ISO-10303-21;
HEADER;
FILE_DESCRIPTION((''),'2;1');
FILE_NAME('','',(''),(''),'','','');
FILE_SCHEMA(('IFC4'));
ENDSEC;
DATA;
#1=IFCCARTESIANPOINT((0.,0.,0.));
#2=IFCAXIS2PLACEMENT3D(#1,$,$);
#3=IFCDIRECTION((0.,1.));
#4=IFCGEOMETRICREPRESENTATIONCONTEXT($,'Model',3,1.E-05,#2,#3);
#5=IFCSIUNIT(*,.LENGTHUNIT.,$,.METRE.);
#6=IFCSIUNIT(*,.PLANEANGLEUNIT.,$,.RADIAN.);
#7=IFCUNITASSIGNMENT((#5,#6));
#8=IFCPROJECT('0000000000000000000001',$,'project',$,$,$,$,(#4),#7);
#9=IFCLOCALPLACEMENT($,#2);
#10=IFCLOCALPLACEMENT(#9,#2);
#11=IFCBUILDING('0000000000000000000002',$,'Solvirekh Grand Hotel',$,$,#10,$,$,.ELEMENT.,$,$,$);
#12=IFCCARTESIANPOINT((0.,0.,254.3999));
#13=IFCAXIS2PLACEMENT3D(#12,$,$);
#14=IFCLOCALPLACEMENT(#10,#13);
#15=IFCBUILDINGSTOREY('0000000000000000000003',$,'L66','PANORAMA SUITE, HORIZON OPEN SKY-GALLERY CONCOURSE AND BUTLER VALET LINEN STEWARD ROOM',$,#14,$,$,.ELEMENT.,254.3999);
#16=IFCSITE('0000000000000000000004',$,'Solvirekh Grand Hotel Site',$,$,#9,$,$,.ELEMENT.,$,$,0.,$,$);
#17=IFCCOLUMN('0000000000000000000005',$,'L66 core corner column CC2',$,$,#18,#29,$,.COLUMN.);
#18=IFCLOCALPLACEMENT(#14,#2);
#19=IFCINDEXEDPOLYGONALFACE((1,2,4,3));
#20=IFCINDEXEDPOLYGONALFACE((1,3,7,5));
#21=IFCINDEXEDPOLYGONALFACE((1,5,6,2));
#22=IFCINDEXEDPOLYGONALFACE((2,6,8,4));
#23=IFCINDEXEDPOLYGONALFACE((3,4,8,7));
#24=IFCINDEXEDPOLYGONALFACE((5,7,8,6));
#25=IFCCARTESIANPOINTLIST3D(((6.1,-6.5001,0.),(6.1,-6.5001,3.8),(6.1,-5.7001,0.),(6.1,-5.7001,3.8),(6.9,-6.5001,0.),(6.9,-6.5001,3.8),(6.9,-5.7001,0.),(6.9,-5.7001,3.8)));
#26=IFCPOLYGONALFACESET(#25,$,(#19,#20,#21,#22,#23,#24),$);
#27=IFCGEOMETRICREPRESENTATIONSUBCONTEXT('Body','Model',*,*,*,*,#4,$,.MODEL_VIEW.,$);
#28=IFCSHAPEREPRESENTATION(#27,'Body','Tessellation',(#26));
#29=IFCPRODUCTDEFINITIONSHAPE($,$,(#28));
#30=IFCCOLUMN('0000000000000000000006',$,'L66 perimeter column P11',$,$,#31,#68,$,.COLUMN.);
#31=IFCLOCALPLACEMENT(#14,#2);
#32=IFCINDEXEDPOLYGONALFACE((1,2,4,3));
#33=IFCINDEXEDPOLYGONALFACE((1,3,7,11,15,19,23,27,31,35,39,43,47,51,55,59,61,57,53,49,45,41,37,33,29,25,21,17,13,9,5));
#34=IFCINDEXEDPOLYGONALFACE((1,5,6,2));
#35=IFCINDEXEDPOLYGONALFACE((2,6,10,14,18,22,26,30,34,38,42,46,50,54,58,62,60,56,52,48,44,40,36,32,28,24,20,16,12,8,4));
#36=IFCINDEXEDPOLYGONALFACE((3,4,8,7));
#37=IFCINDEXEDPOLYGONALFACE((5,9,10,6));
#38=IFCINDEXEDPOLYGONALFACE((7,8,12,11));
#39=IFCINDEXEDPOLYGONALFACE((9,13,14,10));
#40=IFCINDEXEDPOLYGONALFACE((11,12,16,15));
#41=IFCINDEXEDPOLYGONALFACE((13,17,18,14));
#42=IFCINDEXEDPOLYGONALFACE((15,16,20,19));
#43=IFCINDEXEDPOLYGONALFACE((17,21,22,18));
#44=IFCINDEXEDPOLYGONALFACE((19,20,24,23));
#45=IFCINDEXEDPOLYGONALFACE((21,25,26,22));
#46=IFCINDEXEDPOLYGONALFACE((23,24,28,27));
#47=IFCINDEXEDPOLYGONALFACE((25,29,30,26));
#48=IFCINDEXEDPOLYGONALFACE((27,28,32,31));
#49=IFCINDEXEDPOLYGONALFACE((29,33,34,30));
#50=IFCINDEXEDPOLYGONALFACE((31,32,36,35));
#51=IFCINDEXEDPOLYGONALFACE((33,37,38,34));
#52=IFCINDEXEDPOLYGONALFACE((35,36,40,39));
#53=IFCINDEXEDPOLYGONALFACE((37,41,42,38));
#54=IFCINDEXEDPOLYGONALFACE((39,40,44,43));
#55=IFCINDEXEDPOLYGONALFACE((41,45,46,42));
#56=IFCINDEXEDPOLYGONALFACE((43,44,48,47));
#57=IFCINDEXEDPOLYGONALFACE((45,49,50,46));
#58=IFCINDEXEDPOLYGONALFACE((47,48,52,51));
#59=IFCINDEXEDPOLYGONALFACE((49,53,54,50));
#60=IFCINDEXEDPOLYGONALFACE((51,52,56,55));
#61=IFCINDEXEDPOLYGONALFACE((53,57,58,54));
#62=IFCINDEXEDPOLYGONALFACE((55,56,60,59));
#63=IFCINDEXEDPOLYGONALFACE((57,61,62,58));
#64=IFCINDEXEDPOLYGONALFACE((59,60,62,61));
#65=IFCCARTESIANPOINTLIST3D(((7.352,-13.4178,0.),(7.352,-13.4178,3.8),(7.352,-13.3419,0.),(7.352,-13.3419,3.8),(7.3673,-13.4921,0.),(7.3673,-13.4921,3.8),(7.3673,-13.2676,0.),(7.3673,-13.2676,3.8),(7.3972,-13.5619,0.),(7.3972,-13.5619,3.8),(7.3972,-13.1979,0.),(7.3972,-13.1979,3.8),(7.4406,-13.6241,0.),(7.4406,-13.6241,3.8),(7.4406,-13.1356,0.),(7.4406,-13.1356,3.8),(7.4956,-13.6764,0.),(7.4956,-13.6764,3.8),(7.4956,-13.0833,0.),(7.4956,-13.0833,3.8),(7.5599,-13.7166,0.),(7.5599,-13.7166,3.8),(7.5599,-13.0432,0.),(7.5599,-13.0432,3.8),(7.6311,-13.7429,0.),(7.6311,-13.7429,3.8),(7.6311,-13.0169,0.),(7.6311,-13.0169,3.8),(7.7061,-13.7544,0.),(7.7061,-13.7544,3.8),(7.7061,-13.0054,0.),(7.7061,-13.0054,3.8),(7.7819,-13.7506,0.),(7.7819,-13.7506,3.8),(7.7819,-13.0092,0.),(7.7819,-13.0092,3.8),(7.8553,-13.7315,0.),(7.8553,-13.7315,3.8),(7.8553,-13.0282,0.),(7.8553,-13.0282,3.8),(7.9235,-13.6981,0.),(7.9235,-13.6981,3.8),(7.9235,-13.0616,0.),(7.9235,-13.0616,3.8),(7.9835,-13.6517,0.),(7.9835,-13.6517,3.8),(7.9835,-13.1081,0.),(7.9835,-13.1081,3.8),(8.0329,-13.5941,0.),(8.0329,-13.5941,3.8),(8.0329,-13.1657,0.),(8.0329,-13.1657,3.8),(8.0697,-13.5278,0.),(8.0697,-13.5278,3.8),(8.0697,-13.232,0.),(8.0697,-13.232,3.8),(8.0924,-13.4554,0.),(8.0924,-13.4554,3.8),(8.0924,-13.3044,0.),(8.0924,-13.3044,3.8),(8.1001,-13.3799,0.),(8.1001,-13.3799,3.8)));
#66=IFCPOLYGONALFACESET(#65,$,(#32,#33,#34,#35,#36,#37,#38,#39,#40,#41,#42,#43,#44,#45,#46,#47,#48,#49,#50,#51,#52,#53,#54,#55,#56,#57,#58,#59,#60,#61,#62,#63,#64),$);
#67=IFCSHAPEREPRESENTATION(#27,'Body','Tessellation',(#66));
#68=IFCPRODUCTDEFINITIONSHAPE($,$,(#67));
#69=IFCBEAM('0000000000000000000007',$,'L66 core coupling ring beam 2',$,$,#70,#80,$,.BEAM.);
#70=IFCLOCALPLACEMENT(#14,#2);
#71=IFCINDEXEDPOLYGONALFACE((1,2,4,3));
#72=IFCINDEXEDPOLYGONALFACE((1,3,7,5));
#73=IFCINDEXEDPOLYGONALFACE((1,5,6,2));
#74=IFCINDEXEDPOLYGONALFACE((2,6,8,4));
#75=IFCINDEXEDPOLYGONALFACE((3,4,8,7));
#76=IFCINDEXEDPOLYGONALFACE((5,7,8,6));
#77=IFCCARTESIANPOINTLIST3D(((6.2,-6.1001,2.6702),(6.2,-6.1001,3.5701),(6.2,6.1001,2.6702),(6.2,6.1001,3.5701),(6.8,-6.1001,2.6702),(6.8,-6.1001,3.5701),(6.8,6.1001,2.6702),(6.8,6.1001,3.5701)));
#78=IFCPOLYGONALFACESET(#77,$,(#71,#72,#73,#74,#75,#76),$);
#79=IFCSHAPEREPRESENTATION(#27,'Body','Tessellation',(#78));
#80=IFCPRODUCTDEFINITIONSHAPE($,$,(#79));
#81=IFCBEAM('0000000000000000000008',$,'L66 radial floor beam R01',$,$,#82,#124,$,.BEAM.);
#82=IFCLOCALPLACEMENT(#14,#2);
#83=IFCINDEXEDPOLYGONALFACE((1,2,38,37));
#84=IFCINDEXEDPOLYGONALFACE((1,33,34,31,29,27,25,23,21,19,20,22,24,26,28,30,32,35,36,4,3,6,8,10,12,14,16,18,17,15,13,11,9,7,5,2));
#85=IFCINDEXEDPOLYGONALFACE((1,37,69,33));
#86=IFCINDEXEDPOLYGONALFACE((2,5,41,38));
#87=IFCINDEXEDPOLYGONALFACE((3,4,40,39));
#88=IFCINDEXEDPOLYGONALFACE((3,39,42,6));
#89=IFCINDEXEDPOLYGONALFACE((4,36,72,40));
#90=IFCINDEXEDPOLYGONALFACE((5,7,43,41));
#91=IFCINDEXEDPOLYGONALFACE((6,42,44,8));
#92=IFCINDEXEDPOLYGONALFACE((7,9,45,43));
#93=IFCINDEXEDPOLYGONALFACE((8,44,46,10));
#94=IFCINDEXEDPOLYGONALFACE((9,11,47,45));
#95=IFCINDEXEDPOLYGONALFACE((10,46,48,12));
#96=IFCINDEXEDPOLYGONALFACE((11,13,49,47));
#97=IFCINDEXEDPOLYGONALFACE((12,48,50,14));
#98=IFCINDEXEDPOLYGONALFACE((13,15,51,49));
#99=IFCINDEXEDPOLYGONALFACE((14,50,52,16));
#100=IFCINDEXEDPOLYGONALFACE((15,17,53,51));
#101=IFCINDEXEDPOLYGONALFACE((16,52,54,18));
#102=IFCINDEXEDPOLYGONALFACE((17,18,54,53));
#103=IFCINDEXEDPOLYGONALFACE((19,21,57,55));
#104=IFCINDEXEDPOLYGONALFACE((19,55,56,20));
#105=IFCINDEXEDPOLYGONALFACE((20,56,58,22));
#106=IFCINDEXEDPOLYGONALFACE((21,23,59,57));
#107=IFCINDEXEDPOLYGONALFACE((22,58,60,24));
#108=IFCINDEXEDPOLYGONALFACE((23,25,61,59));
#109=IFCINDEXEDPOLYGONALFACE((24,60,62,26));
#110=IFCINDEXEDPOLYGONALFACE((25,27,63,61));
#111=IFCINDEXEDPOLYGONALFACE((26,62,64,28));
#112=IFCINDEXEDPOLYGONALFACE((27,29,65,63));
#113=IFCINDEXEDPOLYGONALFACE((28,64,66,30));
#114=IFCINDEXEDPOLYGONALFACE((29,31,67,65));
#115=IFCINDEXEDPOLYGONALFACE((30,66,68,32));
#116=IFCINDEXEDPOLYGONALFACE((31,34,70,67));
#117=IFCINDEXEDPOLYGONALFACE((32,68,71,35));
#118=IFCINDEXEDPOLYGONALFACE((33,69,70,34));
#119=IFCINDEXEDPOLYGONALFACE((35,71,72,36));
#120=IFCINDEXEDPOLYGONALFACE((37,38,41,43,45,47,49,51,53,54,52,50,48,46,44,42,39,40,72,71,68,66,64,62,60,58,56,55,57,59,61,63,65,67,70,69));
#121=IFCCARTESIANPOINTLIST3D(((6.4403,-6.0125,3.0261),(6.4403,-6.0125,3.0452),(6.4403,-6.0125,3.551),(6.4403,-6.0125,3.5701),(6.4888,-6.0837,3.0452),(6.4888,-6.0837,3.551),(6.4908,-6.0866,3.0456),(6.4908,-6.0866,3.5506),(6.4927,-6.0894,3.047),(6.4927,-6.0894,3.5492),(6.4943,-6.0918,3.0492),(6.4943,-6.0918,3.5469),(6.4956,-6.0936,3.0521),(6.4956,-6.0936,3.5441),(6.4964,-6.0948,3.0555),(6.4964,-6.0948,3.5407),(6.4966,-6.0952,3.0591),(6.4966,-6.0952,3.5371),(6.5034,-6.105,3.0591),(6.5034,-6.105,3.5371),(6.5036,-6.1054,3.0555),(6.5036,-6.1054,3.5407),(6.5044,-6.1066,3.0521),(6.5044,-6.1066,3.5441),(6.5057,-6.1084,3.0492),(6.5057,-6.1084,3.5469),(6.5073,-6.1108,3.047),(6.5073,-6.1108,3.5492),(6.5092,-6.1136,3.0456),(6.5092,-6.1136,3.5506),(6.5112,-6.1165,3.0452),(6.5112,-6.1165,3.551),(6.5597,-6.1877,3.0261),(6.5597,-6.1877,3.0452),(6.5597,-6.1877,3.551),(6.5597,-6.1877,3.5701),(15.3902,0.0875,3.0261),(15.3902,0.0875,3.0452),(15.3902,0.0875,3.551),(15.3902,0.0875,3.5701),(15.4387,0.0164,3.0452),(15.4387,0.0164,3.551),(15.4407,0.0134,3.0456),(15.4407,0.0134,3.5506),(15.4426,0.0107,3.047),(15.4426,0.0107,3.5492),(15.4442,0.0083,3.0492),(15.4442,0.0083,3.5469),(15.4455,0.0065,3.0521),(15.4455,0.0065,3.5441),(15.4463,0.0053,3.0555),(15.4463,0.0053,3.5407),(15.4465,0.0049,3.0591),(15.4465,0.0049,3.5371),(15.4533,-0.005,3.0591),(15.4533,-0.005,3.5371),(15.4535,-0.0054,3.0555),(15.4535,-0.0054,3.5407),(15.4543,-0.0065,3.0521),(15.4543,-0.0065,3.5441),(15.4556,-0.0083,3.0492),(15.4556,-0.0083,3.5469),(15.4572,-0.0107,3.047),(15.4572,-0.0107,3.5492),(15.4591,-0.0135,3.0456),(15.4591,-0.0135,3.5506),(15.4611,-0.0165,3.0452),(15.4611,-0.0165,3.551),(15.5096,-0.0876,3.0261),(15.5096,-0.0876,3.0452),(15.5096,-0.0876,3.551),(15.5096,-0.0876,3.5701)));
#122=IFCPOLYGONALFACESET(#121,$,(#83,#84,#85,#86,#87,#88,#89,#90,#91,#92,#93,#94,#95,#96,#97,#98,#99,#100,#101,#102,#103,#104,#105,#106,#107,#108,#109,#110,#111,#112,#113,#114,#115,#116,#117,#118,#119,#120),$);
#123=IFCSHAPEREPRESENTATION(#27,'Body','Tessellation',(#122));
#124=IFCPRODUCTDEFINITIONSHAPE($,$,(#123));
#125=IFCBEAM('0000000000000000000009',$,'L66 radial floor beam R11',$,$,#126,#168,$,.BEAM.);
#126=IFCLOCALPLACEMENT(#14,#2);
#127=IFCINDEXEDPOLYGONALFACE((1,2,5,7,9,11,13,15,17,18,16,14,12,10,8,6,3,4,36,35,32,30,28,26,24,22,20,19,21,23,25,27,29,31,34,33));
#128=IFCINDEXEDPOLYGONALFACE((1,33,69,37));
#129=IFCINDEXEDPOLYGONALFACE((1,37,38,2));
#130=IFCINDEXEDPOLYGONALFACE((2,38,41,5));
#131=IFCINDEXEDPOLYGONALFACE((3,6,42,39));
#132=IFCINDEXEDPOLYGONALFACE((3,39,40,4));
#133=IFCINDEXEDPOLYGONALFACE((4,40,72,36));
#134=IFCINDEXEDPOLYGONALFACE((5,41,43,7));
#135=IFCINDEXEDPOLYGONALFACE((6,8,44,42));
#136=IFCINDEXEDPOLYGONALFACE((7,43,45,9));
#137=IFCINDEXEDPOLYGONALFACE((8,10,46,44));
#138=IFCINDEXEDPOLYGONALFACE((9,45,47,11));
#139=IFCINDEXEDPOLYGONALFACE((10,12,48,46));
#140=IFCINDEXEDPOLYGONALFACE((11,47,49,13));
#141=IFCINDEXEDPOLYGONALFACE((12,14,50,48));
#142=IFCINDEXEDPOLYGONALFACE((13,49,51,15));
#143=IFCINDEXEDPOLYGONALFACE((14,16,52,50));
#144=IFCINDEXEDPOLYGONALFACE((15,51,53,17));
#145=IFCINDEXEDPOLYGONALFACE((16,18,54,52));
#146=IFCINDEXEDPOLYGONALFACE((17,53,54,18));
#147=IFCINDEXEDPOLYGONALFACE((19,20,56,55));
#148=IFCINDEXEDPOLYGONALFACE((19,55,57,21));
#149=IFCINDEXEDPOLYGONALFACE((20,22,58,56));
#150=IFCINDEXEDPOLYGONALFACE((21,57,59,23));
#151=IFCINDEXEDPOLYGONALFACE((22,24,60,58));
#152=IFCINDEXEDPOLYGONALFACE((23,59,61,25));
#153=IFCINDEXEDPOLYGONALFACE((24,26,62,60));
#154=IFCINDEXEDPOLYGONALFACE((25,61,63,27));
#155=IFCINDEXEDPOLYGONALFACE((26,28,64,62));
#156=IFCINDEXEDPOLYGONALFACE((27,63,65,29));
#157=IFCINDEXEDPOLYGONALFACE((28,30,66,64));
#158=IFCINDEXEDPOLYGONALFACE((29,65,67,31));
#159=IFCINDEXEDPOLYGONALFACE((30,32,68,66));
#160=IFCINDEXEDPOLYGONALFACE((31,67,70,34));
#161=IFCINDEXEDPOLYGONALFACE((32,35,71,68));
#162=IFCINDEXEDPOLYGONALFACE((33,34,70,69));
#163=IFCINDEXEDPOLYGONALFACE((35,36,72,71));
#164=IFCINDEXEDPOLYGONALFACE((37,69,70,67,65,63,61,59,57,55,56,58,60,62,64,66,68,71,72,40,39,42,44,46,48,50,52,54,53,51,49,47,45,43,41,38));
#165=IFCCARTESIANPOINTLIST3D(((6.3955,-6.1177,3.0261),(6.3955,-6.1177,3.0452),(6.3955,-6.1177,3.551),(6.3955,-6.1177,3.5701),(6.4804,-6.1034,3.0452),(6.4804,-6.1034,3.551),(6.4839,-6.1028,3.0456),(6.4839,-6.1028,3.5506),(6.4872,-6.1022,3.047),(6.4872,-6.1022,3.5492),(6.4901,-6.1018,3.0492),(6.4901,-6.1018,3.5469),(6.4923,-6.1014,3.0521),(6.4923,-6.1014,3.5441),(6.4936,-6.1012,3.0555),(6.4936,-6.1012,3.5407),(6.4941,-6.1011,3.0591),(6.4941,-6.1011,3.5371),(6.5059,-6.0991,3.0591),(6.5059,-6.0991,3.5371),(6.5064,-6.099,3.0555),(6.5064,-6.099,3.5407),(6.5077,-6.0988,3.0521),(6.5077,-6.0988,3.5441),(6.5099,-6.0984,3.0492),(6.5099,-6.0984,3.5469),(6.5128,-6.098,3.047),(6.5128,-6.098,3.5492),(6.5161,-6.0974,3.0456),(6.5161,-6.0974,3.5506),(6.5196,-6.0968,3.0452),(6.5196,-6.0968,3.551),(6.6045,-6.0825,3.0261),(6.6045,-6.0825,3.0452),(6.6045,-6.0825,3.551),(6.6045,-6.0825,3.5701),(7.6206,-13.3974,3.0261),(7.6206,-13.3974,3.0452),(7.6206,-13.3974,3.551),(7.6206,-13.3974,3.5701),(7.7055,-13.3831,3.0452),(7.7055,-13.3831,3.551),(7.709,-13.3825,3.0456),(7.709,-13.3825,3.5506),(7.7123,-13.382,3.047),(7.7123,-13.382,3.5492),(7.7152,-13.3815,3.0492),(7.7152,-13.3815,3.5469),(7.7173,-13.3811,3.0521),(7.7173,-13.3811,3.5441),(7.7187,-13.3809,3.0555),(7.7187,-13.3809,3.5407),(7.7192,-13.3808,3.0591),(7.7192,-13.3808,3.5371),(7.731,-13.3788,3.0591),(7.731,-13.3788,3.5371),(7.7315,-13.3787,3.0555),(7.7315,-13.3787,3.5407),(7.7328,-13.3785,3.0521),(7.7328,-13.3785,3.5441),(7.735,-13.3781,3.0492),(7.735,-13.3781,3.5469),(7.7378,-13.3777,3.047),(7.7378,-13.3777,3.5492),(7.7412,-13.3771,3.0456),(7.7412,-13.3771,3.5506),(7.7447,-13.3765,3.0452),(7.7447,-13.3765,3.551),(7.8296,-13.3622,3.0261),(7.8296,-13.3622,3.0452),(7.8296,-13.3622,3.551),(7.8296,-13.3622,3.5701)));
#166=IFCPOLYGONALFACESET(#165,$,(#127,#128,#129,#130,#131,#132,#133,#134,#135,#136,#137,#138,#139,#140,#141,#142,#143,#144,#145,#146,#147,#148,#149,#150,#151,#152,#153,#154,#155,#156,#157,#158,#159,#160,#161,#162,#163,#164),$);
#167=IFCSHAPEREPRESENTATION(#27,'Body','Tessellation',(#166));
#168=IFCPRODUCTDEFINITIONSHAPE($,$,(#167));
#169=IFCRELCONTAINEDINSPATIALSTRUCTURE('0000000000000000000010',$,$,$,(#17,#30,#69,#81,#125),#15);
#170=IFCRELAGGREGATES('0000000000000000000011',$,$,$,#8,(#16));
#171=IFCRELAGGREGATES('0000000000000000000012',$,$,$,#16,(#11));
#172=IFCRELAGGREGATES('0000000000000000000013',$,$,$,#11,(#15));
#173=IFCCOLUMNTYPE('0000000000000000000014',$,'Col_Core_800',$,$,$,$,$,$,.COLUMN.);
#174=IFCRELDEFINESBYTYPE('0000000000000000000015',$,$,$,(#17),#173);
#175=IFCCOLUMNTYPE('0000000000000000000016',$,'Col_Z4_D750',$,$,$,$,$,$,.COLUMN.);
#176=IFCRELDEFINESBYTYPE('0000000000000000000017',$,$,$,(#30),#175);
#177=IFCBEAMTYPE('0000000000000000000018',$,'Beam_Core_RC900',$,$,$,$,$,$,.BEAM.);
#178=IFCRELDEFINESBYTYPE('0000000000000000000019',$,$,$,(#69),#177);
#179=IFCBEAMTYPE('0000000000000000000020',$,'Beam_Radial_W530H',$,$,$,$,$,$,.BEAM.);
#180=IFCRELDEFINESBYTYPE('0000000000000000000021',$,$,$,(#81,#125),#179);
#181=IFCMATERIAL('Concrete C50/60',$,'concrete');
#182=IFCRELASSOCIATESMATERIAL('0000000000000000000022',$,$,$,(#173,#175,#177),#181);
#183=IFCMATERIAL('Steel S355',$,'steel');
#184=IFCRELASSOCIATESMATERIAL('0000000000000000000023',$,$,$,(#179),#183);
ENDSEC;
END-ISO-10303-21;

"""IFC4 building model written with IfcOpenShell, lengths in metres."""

from ifc_helpers import new_model, si_unit, direction, frame, origin, origin_2d, place, context, subcontext, project, spatial, rectangle, circle, i_section, extrude, material, material_profile, profile_set, type_object, element, save


model = new_model("IFC4")

# Units and contexts
model_context = context("Model", 3, precision=1e-05, world=origin(), true_north=direction((0.0, 1.0)))
body_context = subcontext(model_context, "Body", "Model", "MODEL_VIEW")
ifc_project = project(units=[si_unit("LENGTHUNIT", "METRE"), si_unit("PLANEANGLEUNIT", "RADIAN")], contexts=[model_context])

# Site, building, storey
site_placement = place(None, origin())
site = spatial("IfcSite", under=ifc_project, at=site_placement, Name="Solvirekh Grand Hotel Site", CompositionType="ELEMENT", RefElevation=0.0)
building_placement = place(site_placement, origin())
building = spatial("IfcBuilding", under=site, at=building_placement, Name="Solvirekh Grand Hotel", CompositionType="ELEMENT")
storey_placement = place(building_placement, frame((0.0, 0.0, 254.3999)))
storey = spatial("IfcBuildingStorey", under=building, at=storey_placement, Name="L66", Description="PANORAMA SUITE, HORIZON OPEN SKY-GALLERY CONCOURSE AND BUTLER VALET LINEN STEWARD ROOM", CompositionType="ELEMENT", Elevation=254.3999)

# Columns
ifc_material_1 = material(Name="Concrete C50/60", Category="concrete")
ifc_material_profile_1 = material_profile(ifc_material_1, rectangle(XDim=0.8, YDim=0.8, at=origin_2d()), Name="RC 800X800")
ifc_profile_set_1 = profile_set([ifc_material_profile_1], Name="Concrete C50/60")
column_type_1 = type_object("IfcColumnType", Name="Col_Core_800", PredefinedType="COLUMN", material=ifc_profile_set_1)
column_1_placement = place(storey_placement, frame((6.5, -6.1001, 0.0), z_axis=(0.0, 0.0, 1.0), x_axis=(1.0, 0.0, 0.0)))
element("IfcColumn", 1, at=column_1_placement, inside=storey, type_object=column_type_1, Name="L66 core corner column CC2", PredefinedType="COLUMN", context=body_context, shape_type="SweptSolid", body=[
    extrude(rectangle(XDim=0.8, YDim=0.8, at=origin_2d()), origin(), (0.0, 0.0, 1.0), 3.8),
])
ifc_material_profile_2 = material_profile(ifc_material_1, circle(Radius=0.375, at=origin_2d()), Name="RC CIRC D750")
ifc_profile_set_2 = profile_set([ifc_material_profile_2], Name="Concrete C50/60")
column_type_2 = type_object("IfcColumnType", Name="Col_Z4_D750", PredefinedType="COLUMN", material=ifc_profile_set_2)
column_2_placement = place(storey_placement, frame((7.7251, -13.3799, 0.0), z_axis=(0.0, 0.0, 1.0), x_axis=(1.0, 0.0, 0.0)))
element("IfcColumn", 2, at=column_2_placement, inside=storey, type_object=column_type_2, Name="L66 perimeter column P11", PredefinedType="COLUMN", context=body_context, shape_type="SweptSolid", body=[
    extrude(circle(Radius=0.375, at=origin_2d()), origin(), (0.0, 0.0, 1.0), 3.8),
])

# Beams
ifc_material_profile_3 = material_profile(ifc_material_1, rectangle(XDim=0.6001, YDim=0.8999, at=origin_2d()), Name="RC BEAM 600X900")
ifc_profile_set_3 = profile_set([ifc_material_profile_3], Name="Concrete C50/60")
beam_type_1 = type_object("IfcBeamType", Name="Beam_Core_RC900", PredefinedType="BEAM", material=ifc_profile_set_3)
beam_1_placement = place(storey_placement, frame((6.5, -6.1001, 3.1201), z_axis=(0.0, 1.0, 0.0), x_axis=(-1.0, 0.0, 0.0)))
element("IfcBeam", 3, at=beam_1_placement, inside=storey, type_object=beam_type_1, Name="L66 core coupling ring beam 2", PredefinedType="BEAM", context=body_context, shape_type="SweptSolid", body=[
    extrude(rectangle(XDim=0.6001, YDim=0.8999, at=origin_2d()), origin(), (0.0, 0.0, 1.0), 12.2002),
])
ifc_material_2 = material(Name="Steel S355", Category="steel")
ifc_material_profile_4 = material_profile(ifc_material_2, i_section(OverallWidth=0.2119, OverallDepth=0.5439, WebThickness=0.012, FlangeThickness=0.019, FilletRadius=0.0139, at=origin_2d()), Name="W530X123")
ifc_profile_set_4 = profile_set([ifc_material_profile_4], Name="Steel S355")
beam_type_2 = type_object("IfcBeamType", Name="Beam_Radial_W530H", PredefinedType="BEAM", material=ifc_profile_set_4)
beam_2_placement = place(storey_placement, frame((6.5, -6.1001, 3.2981), z_axis=(0.826319, 0.563202, 0.0), x_axis=(-0.563202, 0.826319, 0.0)))
element("IfcBeam", 4, at=beam_2_placement, inside=storey, type_object=beam_type_2, Name="L66 radial floor beam R01", PredefinedType="BEAM", context=body_context, shape_type="SweptSolid", body=[
    extrude(i_section(OverallWidth=0.2119, OverallDepth=0.5439, WebThickness=0.012, FlangeThickness=0.019, FilletRadius=0.0139, at=origin_2d()), origin(), (0.0, 0.0, 1.0), 10.8311),
])
beam_3_placement = place(storey_placement, frame((6.5, -6.1001, 3.2981), z_axis=(0.165954, -0.986133, 0.0), x_axis=(0.986133, 0.165954, 0.0)))
element("IfcBeam", 5, at=beam_3_placement, inside=storey, type_object=beam_type_2, Name="L66 radial floor beam R11", PredefinedType="BEAM", context=body_context, shape_type="SweptSolid", body=[
    extrude(i_section(OverallWidth=0.2119, OverallDepth=0.5439, WebThickness=0.012, FlangeThickness=0.019, FilletRadius=0.0139, at=origin_2d()), origin(), (0.0, 0.0, 1.0), 7.3821),
])

save(model, "model.ifc")
